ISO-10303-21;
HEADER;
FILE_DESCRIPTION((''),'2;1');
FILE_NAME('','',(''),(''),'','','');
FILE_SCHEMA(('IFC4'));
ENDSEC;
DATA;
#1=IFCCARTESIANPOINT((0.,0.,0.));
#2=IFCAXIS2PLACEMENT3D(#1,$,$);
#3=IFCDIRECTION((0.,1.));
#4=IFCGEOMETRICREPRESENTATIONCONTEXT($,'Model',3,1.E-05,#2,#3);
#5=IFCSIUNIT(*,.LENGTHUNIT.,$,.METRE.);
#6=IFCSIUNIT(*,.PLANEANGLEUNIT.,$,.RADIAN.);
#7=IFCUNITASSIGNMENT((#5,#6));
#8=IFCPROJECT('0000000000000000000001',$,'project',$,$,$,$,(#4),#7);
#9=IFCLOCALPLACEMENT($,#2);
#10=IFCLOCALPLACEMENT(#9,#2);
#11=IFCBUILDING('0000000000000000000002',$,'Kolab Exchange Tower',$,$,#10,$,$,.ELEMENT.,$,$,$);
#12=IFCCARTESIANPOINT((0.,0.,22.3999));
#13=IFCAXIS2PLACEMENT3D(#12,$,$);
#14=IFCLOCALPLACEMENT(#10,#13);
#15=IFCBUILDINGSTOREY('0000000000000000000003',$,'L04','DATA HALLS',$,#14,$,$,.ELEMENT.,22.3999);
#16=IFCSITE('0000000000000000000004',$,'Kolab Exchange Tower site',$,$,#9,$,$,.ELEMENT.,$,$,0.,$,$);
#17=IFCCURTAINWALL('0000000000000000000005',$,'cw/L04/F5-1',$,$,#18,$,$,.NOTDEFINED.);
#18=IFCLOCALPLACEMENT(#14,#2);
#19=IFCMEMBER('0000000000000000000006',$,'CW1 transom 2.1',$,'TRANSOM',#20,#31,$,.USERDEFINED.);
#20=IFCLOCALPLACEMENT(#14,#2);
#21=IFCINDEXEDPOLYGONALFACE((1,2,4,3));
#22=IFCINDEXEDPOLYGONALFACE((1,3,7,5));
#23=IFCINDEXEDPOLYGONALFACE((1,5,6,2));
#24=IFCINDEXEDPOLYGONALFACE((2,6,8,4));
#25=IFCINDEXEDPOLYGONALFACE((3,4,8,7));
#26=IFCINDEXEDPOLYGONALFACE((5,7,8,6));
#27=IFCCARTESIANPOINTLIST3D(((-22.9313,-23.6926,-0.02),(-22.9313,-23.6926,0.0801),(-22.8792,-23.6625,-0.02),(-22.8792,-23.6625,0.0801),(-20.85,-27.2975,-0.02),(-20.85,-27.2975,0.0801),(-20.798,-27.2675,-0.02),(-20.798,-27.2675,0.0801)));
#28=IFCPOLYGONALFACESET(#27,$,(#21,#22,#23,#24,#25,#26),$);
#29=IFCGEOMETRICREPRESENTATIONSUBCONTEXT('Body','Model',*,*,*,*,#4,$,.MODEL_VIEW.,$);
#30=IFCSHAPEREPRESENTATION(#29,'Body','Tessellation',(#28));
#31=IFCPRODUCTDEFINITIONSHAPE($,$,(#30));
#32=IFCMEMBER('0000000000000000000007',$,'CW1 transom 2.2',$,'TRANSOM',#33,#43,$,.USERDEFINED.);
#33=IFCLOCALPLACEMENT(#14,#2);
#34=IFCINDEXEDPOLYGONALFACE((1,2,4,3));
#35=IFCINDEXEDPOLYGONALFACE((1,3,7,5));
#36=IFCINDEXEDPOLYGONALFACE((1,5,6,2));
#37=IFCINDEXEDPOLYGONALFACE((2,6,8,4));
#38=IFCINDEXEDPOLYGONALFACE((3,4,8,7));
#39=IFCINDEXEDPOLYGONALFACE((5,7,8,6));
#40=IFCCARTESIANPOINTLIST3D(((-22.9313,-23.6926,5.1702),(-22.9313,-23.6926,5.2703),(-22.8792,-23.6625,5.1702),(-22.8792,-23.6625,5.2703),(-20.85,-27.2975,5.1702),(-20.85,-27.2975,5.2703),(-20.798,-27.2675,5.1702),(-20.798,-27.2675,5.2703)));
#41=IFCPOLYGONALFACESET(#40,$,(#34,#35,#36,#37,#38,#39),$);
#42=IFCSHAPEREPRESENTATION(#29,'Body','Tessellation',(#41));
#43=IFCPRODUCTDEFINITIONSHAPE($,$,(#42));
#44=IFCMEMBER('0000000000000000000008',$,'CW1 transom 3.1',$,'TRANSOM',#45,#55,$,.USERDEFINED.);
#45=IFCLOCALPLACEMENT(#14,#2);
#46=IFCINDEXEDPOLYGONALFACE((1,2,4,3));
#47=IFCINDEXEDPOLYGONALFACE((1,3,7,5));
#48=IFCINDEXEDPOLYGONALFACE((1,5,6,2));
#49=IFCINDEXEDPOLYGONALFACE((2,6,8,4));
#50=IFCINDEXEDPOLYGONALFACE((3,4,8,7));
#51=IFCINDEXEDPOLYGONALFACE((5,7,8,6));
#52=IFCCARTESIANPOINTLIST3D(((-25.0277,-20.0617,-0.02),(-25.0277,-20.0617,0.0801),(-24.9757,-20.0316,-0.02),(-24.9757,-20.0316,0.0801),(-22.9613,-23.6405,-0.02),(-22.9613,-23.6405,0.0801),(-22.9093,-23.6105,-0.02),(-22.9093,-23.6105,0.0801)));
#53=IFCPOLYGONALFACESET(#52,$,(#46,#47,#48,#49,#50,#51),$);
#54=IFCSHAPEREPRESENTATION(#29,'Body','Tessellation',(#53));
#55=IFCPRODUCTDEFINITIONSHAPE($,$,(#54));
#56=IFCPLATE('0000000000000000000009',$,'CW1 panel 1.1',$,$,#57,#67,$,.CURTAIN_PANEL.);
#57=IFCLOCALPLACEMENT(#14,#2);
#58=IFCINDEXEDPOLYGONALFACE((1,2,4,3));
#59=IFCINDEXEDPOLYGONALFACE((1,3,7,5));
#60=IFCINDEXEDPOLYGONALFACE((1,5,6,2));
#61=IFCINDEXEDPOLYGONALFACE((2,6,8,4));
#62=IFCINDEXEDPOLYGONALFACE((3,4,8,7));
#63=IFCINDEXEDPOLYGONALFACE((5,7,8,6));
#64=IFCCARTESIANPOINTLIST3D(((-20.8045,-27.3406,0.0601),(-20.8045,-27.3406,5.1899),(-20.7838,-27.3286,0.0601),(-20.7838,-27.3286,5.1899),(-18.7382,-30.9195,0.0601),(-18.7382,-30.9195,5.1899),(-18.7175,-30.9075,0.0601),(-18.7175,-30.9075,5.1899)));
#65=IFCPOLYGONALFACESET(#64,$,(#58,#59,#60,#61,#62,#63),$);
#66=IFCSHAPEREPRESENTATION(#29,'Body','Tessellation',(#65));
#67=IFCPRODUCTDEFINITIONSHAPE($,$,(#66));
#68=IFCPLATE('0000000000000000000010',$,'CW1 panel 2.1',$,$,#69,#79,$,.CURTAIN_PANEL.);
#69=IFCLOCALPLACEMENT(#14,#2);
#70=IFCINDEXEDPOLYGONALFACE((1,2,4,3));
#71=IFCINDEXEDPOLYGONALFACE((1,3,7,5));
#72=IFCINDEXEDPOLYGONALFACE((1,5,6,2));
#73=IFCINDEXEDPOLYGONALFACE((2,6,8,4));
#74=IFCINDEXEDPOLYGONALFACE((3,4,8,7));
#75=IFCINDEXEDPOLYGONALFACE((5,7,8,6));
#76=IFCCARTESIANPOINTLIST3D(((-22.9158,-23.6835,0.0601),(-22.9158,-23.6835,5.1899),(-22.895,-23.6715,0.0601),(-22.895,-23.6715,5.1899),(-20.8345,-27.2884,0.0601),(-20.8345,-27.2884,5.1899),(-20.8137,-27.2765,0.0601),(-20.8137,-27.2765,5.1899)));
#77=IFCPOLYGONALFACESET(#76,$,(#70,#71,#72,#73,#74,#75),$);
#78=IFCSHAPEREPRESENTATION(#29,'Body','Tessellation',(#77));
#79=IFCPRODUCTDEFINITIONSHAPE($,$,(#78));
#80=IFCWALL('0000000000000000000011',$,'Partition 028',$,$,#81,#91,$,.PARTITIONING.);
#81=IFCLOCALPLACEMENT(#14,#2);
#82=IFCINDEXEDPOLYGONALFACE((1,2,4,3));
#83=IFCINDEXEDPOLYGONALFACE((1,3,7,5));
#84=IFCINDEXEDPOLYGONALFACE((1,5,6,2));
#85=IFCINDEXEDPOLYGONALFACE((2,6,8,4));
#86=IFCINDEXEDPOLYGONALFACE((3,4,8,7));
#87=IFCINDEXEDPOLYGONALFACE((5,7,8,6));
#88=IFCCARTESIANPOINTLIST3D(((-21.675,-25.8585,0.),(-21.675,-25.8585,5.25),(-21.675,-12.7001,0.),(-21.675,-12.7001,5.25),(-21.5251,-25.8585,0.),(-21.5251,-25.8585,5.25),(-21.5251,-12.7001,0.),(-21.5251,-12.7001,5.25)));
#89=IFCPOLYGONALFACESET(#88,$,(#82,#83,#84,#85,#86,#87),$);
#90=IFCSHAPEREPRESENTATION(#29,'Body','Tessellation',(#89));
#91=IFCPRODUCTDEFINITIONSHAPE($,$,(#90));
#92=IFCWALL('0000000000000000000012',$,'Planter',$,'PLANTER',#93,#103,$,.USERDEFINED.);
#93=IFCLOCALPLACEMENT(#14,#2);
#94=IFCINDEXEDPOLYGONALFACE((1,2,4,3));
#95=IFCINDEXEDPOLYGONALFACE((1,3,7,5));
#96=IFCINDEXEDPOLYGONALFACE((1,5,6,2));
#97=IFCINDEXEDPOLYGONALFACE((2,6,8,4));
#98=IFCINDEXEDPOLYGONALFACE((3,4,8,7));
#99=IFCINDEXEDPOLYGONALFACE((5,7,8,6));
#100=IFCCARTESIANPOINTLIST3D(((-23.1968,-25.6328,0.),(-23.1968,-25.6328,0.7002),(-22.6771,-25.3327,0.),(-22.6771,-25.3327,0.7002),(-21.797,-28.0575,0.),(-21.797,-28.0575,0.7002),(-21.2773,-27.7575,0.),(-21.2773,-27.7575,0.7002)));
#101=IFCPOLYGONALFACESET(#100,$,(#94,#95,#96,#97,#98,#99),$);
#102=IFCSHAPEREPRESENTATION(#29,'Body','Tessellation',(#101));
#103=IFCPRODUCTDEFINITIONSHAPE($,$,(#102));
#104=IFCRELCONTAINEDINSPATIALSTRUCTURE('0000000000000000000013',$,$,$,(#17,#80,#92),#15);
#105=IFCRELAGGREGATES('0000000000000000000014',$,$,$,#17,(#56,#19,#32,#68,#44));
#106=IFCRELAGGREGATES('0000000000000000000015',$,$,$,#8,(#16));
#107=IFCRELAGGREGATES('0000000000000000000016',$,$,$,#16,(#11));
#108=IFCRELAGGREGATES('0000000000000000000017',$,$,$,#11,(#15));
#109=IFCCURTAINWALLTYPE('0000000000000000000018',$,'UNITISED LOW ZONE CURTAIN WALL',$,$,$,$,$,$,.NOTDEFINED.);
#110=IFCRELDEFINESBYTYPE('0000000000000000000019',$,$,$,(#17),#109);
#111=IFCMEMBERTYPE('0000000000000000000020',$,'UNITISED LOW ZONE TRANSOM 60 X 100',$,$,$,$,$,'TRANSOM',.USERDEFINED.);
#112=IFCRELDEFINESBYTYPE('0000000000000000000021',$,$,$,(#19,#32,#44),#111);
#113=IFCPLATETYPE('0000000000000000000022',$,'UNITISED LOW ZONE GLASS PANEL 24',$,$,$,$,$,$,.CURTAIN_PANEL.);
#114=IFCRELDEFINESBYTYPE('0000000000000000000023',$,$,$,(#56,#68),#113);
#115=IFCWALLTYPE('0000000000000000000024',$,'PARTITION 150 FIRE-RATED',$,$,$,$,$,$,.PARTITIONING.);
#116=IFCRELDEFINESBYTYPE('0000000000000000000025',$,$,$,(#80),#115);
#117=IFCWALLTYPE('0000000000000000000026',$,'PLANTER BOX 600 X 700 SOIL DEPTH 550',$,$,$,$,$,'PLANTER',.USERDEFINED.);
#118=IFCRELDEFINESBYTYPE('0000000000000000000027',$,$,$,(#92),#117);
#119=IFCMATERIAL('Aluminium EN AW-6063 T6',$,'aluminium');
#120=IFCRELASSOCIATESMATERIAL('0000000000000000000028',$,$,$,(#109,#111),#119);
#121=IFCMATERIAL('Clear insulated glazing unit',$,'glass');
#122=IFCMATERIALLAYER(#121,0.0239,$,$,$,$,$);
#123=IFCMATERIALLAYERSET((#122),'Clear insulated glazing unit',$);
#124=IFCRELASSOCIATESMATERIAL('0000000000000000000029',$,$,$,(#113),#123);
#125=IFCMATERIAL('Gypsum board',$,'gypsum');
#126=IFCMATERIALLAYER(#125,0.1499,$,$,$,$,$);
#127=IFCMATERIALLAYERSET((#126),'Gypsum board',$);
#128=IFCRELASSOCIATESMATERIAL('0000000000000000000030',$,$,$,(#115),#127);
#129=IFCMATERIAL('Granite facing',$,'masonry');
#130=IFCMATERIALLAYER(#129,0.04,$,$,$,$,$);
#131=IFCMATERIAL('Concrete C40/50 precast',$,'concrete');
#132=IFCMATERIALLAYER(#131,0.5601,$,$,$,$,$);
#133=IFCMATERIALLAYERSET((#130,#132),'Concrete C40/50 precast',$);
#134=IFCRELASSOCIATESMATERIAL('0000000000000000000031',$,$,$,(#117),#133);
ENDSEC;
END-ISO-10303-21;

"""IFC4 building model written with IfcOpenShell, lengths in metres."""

from ifc_helpers import new_model, si_unit, direction, frame, frame_2d, origin, origin_2d, place, context, subcontext, project, spatial, rectangle, extrude, material, layer, layer_set, material_profile, profile_set, type_object, element, aggregate, save


model = new_model("IFC4")

# Units and contexts
model_context = context("Model", 3, precision=1e-05, world=origin(), true_north=direction((0.0, 1.0)))
body_context = subcontext(model_context, "Body", "Model", "MODEL_VIEW")
ifc_project = project(units=[si_unit("LENGTHUNIT", "METRE"), si_unit("PLANEANGLEUNIT", "RADIAN")], contexts=[model_context])

# Site, building, storey
site_placement = place(None, origin())
site = spatial("IfcSite", under=ifc_project, at=site_placement, Name="Kolab Exchange Tower site", CompositionType="ELEMENT", RefElevation=0.0)
building_placement = place(site_placement, origin())
building = spatial("IfcBuilding", under=site, at=building_placement, Name="Kolab Exchange Tower", CompositionType="ELEMENT")
storey_placement = place(building_placement, frame((0.0, 0.0, 22.3999)))
storey = spatial("IfcBuildingStorey", under=building, at=storey_placement, Name="L04", Description="DATA HALLS", CompositionType="ELEMENT", Elevation=22.3999)

# Curtain wall
ifc_material_1 = material(Name="Aluminium EN AW-6063 T6", Category="aluminium")
curtain_wall_type = type_object("IfcCurtainWallType", Name="UNITISED LOW ZONE CURTAIN WALL", PredefinedType="NOTDEFINED", material=ifc_material_1)
curtain_wall_1_placement = place(storey_placement, origin())
curtain_wall_1 = element("IfcCurtainWall", 1, at=curtain_wall_1_placement, inside=storey, type_object=curtain_wall_type, Name="cw/L04/F5-1", PredefinedType="NOTDEFINED")

# Members
ifc_material_profile_1 = material_profile(ifc_material_1, rectangle(XDim=0.0601, YDim=0.1001, at=origin_2d()), Name="RECT 60X100")
ifc_profile_set_1 = profile_set([ifc_material_profile_1], Name="Aluminium EN AW-6063 T6")
member_type_1 = type_object("IfcMemberType", Name="UNITISED LOW ZONE TRANSOM 60 X 100", ElementType="TRANSOM", PredefinedType="USERDEFINED", material=ifc_profile_set_1)
member_1_placement = place(storey_placement, frame((-20.824, -27.2825, 0.03), z_axis=(-0.499993, 0.866029, 0.0), x_axis=(-0.866029, -0.499993, 0.0)))
member_1 = element("IfcMember", 2, at=member_1_placement, type_object=member_type_1, Name="CW1 transom 2.1", ObjectType="TRANSOM", PredefinedType="USERDEFINED", context=body_context, shape_type="SweptSolid", body=[
    extrude(rectangle(XDim=0.0601, YDim=0.1001, at=origin_2d()), origin(), (0.0, 0.0, 1.0), 4.1626),
])
member_2_placement = place(storey_placement, frame((-20.824, -27.2825, 5.2202), z_axis=(-0.499993, 0.866029, 0.0), x_axis=(-0.866029, -0.499993, 0.0)))
member_2 = element("IfcMember", 3, at=member_2_placement, type_object=member_type_1, Name="CW1 transom 2.2", ObjectType="TRANSOM", PredefinedType="USERDEFINED", context=body_context, shape_type="SweptSolid", body=[
    extrude(rectangle(XDim=0.0601, YDim=0.1001, at=origin_2d()), origin(), (0.0, 0.0, 1.0), 4.1626),
])
member_3_placement = place(storey_placement, frame((-22.9353, -23.6255, 0.03), z_axis=(-0.500028, 0.866009, 0.0), x_axis=(-0.866009, -0.500028, 0.0)))
member_3 = element("IfcMember", 4, at=member_3_placement, type_object=member_type_1, Name="CW1 transom 3.1", ObjectType="TRANSOM", PredefinedType="USERDEFINED", context=body_context, shape_type="SweptSolid", body=[
    extrude(rectangle(XDim=0.0601, YDim=0.1001, at=origin_2d()), origin(), (0.0, 0.0, 1.0), 4.1326),
])

# Plates
ifc_material_2 = material(Name="Clear insulated glazing unit", Category="glass")
ifc_layer_1 = layer(ifc_material_2, 0.0239)
ifc_layer_set_1 = layer_set([ifc_layer_1], Name="Clear insulated glazing unit")
plate_type = type_object("IfcPlateType", Name="UNITISED LOW ZONE GLASS PANEL 24", PredefinedType="CURTAIN_PANEL", material=ifc_layer_set_1)
plate_1_placement = place(storey_placement, frame((-19.761, -29.124, 0.0601), z_axis=(0.0, 0.0, 1.0), x_axis=(-0.5, 0.866025, 0.0)))
plate_1 = element("IfcPlate", 5, at=plate_1_placement, type_object=plate_type, Name="CW1 panel 1.1", PredefinedType="CURTAIN_PANEL", context=body_context, shape_type="SweptSolid", body=[
    extrude(rectangle(XDim=4.1326, YDim=0.0239, at=origin_2d()), origin(), (0.0, 0.0, 1.0), 5.1299),
])
plate_2_placement = place(storey_placement, frame((-21.8647, -25.48, 0.0601), z_axis=(0.0, 0.0, 1.0), x_axis=(-0.5, 0.866025, 0.0)))
plate_2 = element("IfcPlate", 6, at=plate_2_placement, type_object=plate_type, Name="CW1 panel 2.1", PredefinedType="CURTAIN_PANEL", context=body_context, shape_type="SweptSolid", body=[
    extrude(rectangle(XDim=4.1626, YDim=0.0239, at=origin_2d()), origin(), (0.0, 0.0, 1.0), 5.1299),
])
aggregate(curtain_wall_1, [plate_1, member_1, member_2, plate_2, member_3])

# Walls
ifc_material_3 = material(Name="Gypsum board", Category="gypsum")
ifc_layer_2 = layer(ifc_material_3, 0.1499)
ifc_layer_set_2 = layer_set([ifc_layer_2], Name="Gypsum board")
wall_type_1 = type_object("IfcWallType", Name="PARTITION 150 FIRE-RATED", PredefinedType="PARTITIONING", material=ifc_layer_set_2)
wall_1_placement = place(storey_placement, frame((-21.6001, -25.8584, 0.0), z_axis=(0.0, 0.0, 1.0), x_axis=(0.0, 1.0, 0.0)))
element("IfcWall", 7, at=wall_1_placement, inside=storey, type_object=wall_type_1, Name="Partition 028", PredefinedType="PARTITIONING", context=body_context, shape_type="SweptSolid", body=[
    extrude(rectangle(XDim=13.1584, YDim=0.1499, at=frame_2d((6.5791, 0.0))), origin(), (0.0, 0.0, 1.0), 5.25),
])
ifc_material_4 = material(Name="Granite facing", Category="masonry")
ifc_layer_3 = layer(ifc_material_4, 0.04)
ifc_material_5 = material(Name="Concrete C40/50 precast", Category="concrete")
ifc_layer_4 = layer(ifc_material_5, 0.5601)
ifc_layer_set_3 = layer_set([ifc_layer_3, ifc_layer_4], Name="Concrete C40/50 precast")
wall_type_2 = type_object("IfcWallType", Name="PLANTER BOX 600 X 700 SOIL DEPTH 550", ElementType="PLANTER", PredefinedType="USERDEFINED", material=ifc_layer_set_3)
wall_2_placement = place(storey_placement, frame((-21.5371, -27.9075, 0.0), z_axis=(0.0, 0.0, 1.0), x_axis=(-0.499984, 0.866035, 0.0)))
element("IfcWall", 8, at=wall_2_placement, inside=storey, type_object=wall_type_2, Name="Planter", ObjectType="PLANTER", PredefinedType="USERDEFINED", context=body_context, shape_type="SweptSolid", body=[
    extrude(rectangle(XDim=2.7998, YDim=0.6001, at=frame_2d((1.3999, 0.0))), origin(), (0.0, 0.0, 1.0), 0.7002),
])

save(model, "model.ifc")
